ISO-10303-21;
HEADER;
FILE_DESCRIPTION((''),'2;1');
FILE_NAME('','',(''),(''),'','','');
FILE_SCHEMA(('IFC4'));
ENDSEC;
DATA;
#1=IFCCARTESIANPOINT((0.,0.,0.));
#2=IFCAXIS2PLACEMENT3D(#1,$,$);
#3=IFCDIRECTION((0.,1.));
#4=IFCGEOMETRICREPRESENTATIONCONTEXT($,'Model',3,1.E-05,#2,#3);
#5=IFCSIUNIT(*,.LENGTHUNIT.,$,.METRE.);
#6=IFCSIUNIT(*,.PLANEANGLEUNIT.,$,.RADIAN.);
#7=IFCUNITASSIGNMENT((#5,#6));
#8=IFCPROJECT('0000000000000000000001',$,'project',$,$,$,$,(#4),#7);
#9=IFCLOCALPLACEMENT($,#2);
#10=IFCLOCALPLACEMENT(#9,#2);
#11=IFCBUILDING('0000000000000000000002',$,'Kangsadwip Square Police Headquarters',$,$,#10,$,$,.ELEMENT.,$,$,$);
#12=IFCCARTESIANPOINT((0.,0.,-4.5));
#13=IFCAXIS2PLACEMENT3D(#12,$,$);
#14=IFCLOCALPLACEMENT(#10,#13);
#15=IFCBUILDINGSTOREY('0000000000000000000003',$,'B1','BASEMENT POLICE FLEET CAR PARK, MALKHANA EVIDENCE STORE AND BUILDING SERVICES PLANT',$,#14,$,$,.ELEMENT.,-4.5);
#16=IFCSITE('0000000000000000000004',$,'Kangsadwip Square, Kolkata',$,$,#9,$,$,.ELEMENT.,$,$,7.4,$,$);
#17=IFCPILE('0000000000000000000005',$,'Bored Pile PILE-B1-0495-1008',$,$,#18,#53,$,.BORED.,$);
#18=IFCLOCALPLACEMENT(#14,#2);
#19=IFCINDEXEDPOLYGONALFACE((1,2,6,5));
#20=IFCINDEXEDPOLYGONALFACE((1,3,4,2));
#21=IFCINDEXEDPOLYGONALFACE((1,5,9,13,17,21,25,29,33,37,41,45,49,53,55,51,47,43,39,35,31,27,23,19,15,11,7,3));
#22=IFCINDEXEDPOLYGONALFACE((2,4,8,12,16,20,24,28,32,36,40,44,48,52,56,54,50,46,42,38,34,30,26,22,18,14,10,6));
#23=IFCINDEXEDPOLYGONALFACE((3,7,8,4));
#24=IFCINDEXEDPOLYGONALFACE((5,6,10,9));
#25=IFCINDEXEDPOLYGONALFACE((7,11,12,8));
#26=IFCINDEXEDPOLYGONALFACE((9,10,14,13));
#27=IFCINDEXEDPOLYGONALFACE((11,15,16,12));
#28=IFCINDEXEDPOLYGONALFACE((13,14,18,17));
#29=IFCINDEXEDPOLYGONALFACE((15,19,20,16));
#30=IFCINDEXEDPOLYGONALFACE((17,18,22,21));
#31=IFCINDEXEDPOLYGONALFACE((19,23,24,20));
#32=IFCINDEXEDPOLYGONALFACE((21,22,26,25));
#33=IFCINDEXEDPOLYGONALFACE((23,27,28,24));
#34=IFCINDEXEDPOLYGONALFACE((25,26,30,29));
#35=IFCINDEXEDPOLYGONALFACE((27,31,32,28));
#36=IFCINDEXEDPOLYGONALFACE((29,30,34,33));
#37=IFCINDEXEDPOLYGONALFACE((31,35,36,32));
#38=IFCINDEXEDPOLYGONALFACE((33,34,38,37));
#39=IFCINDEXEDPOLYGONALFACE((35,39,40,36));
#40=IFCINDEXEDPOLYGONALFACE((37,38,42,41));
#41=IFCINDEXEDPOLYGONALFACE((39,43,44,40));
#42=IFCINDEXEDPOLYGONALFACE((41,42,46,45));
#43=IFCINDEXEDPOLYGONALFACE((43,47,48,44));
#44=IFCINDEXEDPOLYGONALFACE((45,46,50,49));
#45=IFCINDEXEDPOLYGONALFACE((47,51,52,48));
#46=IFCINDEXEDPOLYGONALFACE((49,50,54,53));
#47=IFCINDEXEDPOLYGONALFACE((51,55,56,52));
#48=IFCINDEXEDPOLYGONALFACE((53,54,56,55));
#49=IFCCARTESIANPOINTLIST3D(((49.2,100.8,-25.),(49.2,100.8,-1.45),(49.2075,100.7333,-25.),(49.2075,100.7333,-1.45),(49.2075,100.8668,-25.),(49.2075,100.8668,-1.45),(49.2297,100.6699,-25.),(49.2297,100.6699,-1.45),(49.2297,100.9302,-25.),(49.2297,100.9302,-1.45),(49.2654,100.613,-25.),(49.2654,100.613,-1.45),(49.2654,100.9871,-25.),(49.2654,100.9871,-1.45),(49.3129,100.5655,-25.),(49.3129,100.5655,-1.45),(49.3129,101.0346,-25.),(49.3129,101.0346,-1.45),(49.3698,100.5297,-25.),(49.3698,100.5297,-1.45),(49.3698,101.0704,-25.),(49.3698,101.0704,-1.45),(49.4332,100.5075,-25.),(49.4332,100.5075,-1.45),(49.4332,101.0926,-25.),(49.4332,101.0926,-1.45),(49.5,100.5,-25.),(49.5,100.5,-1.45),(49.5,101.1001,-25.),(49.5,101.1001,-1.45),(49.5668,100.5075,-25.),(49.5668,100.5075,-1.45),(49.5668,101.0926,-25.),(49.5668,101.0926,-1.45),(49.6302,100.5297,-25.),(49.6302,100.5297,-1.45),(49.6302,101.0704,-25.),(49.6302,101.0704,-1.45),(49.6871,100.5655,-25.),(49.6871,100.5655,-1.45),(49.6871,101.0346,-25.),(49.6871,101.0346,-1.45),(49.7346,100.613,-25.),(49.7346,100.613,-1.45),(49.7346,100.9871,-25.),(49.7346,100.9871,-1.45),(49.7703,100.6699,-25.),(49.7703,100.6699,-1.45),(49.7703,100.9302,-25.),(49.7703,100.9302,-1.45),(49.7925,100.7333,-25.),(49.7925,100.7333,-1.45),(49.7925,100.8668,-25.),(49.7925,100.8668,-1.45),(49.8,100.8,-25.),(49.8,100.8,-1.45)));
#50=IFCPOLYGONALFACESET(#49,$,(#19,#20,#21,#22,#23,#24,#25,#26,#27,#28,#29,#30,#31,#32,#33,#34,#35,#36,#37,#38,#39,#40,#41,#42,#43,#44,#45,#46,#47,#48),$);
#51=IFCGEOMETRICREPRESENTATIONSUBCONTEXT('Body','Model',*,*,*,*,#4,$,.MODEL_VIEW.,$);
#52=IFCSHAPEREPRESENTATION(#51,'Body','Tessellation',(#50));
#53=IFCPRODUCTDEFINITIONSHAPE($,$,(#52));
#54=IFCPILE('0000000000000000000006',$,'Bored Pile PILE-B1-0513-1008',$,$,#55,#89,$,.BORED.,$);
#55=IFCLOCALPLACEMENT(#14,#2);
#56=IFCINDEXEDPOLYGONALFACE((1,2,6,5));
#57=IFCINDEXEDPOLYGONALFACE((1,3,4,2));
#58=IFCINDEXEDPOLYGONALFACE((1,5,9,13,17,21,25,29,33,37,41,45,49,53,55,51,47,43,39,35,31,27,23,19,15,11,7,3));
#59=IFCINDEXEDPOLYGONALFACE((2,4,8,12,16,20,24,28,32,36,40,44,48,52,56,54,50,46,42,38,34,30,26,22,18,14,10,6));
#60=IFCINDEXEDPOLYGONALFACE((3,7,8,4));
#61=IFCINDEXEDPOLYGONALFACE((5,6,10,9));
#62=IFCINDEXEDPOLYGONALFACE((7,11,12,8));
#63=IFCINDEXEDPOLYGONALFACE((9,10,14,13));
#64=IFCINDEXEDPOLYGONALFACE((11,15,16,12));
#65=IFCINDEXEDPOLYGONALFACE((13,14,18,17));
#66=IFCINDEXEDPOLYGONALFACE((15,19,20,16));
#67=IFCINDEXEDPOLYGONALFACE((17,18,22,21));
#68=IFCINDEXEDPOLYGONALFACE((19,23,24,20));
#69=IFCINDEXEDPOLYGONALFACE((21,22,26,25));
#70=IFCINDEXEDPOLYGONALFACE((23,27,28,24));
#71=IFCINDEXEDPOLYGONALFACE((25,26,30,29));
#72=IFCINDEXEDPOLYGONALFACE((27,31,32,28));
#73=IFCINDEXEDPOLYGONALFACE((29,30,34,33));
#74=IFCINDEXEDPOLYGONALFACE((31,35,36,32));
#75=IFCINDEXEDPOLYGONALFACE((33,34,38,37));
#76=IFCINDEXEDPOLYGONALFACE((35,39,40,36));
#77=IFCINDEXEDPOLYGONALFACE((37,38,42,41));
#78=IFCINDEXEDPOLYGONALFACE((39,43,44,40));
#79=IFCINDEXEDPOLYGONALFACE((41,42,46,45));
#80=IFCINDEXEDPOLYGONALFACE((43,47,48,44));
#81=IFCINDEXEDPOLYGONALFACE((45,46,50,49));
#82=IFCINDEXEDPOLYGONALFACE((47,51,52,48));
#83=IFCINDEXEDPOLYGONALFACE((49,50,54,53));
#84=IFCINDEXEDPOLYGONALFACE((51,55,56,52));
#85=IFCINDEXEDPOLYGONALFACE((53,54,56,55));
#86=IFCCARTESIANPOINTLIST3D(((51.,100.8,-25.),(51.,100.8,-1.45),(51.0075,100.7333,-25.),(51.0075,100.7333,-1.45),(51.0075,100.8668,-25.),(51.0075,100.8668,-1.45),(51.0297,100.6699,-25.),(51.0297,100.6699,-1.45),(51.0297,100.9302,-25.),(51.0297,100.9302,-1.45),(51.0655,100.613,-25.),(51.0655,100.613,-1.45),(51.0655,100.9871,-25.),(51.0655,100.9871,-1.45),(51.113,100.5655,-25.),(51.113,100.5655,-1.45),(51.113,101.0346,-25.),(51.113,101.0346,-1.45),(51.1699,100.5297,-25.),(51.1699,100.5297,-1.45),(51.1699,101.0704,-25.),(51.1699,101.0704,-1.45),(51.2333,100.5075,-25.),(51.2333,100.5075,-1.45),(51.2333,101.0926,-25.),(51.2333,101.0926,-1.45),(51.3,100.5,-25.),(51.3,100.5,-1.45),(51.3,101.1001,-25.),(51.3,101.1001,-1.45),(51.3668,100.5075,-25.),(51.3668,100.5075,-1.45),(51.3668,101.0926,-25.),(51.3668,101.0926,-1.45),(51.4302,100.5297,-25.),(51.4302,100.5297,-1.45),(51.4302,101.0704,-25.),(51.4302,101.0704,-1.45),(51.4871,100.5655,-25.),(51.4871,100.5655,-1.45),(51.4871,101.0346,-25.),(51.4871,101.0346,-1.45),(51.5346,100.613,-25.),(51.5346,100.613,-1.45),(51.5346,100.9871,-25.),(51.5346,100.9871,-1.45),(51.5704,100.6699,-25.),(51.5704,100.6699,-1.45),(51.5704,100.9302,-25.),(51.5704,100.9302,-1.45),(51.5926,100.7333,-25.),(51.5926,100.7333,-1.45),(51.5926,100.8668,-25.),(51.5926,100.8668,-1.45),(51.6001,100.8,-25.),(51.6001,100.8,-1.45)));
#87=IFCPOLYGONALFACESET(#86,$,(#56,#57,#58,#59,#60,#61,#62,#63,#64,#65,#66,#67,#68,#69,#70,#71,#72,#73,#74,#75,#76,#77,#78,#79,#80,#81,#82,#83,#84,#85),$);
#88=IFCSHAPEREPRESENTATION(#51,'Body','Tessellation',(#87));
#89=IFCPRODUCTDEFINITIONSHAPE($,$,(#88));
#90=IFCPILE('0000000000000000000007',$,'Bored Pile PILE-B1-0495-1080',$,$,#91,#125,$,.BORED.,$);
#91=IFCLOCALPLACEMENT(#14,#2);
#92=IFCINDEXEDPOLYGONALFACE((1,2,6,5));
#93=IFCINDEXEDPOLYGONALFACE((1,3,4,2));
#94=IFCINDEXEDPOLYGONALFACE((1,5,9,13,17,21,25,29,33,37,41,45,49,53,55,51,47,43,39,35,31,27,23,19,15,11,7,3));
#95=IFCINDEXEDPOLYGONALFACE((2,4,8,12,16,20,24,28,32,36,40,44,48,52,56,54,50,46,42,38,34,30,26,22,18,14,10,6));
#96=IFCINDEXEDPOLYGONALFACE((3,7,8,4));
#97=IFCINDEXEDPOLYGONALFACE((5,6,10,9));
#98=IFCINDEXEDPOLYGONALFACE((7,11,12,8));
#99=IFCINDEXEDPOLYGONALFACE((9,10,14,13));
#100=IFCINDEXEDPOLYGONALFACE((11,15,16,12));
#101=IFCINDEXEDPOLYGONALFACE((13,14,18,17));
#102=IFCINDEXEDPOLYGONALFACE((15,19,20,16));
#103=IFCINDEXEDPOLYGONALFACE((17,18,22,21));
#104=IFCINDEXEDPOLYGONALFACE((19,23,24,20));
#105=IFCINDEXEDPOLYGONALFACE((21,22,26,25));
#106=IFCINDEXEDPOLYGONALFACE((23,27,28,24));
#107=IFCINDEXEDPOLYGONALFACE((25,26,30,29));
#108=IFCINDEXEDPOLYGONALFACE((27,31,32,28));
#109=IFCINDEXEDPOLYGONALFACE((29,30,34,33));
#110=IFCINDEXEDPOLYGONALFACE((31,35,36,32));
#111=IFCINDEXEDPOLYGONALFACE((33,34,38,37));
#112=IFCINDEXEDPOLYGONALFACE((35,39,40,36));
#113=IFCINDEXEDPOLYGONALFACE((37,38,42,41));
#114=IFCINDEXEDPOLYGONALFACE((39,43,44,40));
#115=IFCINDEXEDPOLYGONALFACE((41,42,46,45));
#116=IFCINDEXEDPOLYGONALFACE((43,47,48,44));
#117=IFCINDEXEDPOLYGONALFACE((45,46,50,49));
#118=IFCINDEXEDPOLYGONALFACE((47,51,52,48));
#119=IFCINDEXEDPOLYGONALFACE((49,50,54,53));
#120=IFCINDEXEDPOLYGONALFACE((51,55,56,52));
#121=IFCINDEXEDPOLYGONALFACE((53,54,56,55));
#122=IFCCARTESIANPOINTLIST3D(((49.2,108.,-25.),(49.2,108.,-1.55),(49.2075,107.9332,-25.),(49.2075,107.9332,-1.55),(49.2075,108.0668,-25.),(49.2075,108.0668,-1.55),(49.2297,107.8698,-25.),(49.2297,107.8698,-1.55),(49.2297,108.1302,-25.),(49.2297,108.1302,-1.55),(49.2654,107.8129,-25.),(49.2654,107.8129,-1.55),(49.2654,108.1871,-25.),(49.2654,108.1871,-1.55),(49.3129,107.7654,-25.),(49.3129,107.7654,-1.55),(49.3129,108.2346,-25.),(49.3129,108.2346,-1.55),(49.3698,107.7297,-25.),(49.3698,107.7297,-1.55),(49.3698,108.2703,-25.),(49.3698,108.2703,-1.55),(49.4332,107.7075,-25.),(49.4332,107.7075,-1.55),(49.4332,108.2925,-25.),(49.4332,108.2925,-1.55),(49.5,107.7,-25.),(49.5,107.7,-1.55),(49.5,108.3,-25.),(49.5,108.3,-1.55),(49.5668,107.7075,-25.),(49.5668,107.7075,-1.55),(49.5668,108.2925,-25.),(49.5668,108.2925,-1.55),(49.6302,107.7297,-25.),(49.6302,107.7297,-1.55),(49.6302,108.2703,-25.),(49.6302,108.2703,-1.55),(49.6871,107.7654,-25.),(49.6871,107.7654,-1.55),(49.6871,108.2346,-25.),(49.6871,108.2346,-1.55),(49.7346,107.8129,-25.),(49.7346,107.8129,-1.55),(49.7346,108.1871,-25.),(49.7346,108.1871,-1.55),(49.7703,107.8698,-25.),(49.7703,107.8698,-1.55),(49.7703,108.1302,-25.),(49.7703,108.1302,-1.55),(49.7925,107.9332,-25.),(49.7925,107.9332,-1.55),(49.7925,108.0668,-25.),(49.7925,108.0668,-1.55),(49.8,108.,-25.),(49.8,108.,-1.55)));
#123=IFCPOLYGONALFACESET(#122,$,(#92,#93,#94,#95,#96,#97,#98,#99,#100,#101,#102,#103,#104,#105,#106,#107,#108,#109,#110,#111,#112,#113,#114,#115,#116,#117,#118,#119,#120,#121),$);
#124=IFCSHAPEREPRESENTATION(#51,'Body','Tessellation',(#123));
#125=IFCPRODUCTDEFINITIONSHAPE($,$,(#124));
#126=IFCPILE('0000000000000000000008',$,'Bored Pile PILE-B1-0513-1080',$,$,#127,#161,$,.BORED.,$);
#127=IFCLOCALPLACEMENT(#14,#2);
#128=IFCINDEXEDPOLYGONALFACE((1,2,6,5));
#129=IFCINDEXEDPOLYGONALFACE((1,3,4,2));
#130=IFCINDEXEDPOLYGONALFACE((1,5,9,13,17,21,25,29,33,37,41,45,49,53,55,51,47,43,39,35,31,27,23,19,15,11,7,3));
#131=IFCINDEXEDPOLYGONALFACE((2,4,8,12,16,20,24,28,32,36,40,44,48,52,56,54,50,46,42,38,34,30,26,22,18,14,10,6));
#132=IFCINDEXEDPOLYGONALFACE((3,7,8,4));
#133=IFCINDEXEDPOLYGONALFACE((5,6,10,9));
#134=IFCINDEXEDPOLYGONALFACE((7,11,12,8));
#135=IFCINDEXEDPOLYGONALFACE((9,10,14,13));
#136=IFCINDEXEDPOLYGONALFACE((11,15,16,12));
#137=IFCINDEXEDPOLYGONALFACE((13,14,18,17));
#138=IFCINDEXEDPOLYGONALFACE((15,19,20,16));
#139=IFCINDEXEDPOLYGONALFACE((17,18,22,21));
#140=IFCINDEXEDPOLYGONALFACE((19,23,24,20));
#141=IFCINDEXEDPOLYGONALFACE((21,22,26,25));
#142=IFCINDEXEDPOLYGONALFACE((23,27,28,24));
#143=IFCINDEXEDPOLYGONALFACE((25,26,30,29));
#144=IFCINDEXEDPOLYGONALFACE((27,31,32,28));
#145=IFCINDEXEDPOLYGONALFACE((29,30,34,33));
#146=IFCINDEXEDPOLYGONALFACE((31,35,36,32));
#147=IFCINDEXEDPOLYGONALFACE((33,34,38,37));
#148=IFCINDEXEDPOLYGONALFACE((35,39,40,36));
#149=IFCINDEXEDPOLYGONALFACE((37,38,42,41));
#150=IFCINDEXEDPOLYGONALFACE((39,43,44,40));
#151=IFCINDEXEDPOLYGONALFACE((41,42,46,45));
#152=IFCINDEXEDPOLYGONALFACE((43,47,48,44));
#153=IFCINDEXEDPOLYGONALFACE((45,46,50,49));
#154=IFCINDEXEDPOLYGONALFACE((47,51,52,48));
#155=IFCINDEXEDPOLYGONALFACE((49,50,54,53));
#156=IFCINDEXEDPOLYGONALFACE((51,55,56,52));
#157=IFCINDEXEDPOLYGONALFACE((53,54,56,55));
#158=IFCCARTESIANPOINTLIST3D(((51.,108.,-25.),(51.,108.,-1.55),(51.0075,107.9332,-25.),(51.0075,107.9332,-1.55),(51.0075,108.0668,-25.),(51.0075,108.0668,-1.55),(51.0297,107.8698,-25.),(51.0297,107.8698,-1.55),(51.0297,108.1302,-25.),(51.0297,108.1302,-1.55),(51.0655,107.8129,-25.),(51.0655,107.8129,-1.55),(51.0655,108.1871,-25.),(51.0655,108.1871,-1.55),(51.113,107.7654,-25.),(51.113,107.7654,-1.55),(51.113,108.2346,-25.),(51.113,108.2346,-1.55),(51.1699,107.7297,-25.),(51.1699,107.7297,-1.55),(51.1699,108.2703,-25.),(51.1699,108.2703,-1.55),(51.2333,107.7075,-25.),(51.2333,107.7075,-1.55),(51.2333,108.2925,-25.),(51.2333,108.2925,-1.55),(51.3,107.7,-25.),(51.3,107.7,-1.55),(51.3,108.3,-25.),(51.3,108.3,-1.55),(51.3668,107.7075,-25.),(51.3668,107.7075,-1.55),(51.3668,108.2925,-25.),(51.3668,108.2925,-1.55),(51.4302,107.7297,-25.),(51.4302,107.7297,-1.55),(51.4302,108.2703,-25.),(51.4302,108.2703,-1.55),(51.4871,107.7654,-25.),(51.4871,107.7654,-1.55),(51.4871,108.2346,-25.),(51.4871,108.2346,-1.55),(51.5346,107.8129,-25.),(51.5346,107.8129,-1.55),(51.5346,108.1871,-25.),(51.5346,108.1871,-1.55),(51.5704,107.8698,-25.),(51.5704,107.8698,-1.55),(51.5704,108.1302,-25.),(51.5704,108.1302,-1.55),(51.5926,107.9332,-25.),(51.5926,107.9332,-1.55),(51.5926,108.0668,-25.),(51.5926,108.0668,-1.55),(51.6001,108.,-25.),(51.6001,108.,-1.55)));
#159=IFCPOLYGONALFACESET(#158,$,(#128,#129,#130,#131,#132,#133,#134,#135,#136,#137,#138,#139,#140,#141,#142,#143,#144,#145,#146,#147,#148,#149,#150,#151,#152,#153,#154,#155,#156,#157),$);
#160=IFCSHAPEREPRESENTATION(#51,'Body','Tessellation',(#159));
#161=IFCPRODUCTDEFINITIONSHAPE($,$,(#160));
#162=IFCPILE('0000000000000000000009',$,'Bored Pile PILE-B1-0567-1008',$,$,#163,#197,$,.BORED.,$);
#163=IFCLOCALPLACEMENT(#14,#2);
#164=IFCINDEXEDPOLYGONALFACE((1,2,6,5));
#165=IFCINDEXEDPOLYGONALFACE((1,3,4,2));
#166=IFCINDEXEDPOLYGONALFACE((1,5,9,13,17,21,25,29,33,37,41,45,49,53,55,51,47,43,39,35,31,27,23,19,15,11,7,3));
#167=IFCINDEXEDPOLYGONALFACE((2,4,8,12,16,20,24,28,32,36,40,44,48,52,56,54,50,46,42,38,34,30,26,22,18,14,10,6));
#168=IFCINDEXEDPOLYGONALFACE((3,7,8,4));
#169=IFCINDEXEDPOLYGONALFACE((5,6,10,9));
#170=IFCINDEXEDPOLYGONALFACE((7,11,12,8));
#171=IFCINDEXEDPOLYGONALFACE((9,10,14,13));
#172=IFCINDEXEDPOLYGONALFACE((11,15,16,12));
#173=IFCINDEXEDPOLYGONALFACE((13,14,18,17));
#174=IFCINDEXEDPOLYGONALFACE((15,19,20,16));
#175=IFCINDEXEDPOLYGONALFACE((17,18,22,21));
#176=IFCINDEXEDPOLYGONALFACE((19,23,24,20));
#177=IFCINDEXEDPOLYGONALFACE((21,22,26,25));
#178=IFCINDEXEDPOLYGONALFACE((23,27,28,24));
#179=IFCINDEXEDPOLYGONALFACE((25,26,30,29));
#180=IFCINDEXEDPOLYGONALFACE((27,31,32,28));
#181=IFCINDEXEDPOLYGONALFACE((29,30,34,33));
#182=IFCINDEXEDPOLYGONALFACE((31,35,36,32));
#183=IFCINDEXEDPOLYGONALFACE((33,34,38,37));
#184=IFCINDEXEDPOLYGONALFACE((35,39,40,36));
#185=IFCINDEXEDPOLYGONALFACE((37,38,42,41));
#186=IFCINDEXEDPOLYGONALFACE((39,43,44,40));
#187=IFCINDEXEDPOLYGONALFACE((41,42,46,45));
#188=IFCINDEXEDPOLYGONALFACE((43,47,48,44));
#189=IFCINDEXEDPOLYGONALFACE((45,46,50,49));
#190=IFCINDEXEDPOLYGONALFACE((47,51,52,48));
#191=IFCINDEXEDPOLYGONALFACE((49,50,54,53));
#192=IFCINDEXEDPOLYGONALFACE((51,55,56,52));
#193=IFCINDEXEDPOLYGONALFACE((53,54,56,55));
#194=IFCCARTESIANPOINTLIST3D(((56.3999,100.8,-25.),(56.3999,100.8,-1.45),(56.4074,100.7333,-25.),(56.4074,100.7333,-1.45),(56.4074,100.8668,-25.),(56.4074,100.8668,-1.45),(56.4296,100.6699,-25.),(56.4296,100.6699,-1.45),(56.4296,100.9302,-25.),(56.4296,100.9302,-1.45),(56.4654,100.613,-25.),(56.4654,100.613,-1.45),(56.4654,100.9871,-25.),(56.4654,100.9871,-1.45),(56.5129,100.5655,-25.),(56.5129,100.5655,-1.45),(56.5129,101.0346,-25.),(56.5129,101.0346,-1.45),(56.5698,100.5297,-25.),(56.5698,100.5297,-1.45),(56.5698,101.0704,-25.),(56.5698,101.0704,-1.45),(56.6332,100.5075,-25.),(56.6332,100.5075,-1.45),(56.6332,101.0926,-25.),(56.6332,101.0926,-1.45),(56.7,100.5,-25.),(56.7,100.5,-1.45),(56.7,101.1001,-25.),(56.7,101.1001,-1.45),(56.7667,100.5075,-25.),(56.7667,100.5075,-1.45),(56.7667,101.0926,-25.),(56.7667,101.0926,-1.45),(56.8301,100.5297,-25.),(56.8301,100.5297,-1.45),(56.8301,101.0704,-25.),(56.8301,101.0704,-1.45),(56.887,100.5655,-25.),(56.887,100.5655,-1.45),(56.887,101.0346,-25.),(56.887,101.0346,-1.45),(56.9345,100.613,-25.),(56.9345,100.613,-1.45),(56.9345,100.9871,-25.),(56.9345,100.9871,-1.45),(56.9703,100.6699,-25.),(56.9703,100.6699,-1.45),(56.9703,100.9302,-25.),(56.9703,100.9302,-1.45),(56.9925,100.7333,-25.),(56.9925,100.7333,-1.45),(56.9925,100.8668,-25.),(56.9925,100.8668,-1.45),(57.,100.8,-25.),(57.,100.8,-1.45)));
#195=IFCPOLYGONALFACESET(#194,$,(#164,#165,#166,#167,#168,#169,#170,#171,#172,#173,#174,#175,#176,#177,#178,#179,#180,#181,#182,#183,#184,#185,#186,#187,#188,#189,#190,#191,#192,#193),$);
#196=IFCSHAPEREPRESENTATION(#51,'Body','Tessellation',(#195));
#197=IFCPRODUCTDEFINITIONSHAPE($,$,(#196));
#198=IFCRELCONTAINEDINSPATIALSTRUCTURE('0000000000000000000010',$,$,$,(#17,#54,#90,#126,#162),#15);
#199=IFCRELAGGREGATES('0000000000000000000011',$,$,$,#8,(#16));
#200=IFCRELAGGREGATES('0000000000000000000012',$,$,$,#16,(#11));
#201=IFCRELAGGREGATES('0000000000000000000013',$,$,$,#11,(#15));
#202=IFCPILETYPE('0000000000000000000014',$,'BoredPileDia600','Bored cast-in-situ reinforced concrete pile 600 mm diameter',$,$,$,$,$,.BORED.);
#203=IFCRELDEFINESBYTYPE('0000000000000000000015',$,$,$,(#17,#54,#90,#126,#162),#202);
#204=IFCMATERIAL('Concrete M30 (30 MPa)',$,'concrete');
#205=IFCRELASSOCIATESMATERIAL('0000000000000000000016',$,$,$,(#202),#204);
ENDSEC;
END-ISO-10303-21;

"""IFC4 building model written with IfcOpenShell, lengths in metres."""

from ifc_helpers import new_model, si_unit, direction, frame, origin, origin_2d, place, context, subcontext, project, spatial, circle, extrude, material, material_profile, profile_set, type_object, element, save


model = new_model("IFC4")

# Units and contexts
model_context = context("Model", 3, precision=1e-05, world=origin(), true_north=direction((0.0, 1.0)))
body_context = subcontext(model_context, "Body", "Model", "MODEL_VIEW")
ifc_project = project(units=[si_unit("LENGTHUNIT", "METRE"), si_unit("PLANEANGLEUNIT", "RADIAN")], contexts=[model_context])

# Site, building, storey
site_placement = place(None, origin())
site = spatial("IfcSite", under=ifc_project, at=site_placement, Name="Kangsadwip Square, Kolkata", CompositionType="ELEMENT", RefElevation=7.4)
building_placement = place(site_placement, origin())
building = spatial("IfcBuilding", under=site, at=building_placement, Name="Kangsadwip Square Police Headquarters", CompositionType="ELEMENT")
storey_placement = place(building_placement, frame((0.0, 0.0, -4.5)))
storey = spatial("IfcBuildingStorey", under=building, at=storey_placement, Name="B1", Description="BASEMENT POLICE FLEET CAR PARK, MALKHANA EVIDENCE STORE AND BUILDING SERVICES PLANT", CompositionType="ELEMENT", Elevation=-4.5)

# Piles
ifc_material_1 = material(Name="Concrete M30 (30 MPa)", Category="concrete")
ifc_material_profile_1 = material_profile(ifc_material_1, circle(Radius=0.3, at=origin_2d()), Name="PILE DIA 600")
ifc_profile_set_1 = profile_set([ifc_material_profile_1], Name="Concrete M30 (30 MPa)")
pile_type = type_object("IfcPileType", Name="BoredPileDia600", Description="Bored cast-in-situ reinforced concrete pile 600 mm diameter", PredefinedType="BORED", material=ifc_profile_set_1)
for number, where, z_axis, x_axis, name in (
    (1, (49.5, 100.8, -1.45), (0.0, 0.0, -1.0), (1.0, 0.0, 0.0), "Bored Pile PILE-B1-0495-1008"),
    (2, (51.3, 100.8, -1.45), (0.0, 0.0, -1.0), (1.0, 0.0, 0.0), "Bored Pile PILE-B1-0513-1008"),
):
    element("IfcPile", number, at=place(storey_placement, frame(where, z_axis=z_axis, x_axis=x_axis)), inside=storey, type_object=pile_type, Name=name, PredefinedType="BORED", context=body_context, shape_type="SweptSolid", body=[
        extrude(circle(Radius=0.3, at=origin_2d()), origin(), (0.0, 0.0, 1.0), 23.55),
    ])
for number, where, z_axis, x_axis, name in (
    (3, (49.5, 108.0, -1.55), (0.0, 0.0, -1.0), (1.0, 0.0, 0.0), "Bored Pile PILE-B1-0495-1080"),
    (4, (51.3, 108.0, -1.55), (0.0, 0.0, -1.0), (1.0, 0.0, 0.0), "Bored Pile PILE-B1-0513-1080"),
):
    element("IfcPile", number, at=place(storey_placement, frame(where, z_axis=z_axis, x_axis=x_axis)), inside=storey, type_object=pile_type, Name=name, PredefinedType="BORED", context=body_context, shape_type="SweptSolid", body=[
        extrude(circle(Radius=0.3, at=origin_2d()), origin(), (0.0, 0.0, 1.0), 23.45),
    ])
for number, where, z_axis, x_axis, name in (
    (5, (56.7, 100.8, -1.45), (0.0, 0.0, -1.0), (1.0, 0.0, 0.0), "Bored Pile PILE-B1-0567-1008"),
):
    element("IfcPile", number, at=place(storey_placement, frame(where, z_axis=z_axis, x_axis=x_axis)), inside=storey, type_object=pile_type, Name=name, PredefinedType="BORED", context=body_context, shape_type="SweptSolid", body=[
        extrude(circle(Radius=0.3, at=origin_2d()), origin(), (0.0, 0.0, 1.0), 23.55),
    ])

save(model, "model.ifc")
